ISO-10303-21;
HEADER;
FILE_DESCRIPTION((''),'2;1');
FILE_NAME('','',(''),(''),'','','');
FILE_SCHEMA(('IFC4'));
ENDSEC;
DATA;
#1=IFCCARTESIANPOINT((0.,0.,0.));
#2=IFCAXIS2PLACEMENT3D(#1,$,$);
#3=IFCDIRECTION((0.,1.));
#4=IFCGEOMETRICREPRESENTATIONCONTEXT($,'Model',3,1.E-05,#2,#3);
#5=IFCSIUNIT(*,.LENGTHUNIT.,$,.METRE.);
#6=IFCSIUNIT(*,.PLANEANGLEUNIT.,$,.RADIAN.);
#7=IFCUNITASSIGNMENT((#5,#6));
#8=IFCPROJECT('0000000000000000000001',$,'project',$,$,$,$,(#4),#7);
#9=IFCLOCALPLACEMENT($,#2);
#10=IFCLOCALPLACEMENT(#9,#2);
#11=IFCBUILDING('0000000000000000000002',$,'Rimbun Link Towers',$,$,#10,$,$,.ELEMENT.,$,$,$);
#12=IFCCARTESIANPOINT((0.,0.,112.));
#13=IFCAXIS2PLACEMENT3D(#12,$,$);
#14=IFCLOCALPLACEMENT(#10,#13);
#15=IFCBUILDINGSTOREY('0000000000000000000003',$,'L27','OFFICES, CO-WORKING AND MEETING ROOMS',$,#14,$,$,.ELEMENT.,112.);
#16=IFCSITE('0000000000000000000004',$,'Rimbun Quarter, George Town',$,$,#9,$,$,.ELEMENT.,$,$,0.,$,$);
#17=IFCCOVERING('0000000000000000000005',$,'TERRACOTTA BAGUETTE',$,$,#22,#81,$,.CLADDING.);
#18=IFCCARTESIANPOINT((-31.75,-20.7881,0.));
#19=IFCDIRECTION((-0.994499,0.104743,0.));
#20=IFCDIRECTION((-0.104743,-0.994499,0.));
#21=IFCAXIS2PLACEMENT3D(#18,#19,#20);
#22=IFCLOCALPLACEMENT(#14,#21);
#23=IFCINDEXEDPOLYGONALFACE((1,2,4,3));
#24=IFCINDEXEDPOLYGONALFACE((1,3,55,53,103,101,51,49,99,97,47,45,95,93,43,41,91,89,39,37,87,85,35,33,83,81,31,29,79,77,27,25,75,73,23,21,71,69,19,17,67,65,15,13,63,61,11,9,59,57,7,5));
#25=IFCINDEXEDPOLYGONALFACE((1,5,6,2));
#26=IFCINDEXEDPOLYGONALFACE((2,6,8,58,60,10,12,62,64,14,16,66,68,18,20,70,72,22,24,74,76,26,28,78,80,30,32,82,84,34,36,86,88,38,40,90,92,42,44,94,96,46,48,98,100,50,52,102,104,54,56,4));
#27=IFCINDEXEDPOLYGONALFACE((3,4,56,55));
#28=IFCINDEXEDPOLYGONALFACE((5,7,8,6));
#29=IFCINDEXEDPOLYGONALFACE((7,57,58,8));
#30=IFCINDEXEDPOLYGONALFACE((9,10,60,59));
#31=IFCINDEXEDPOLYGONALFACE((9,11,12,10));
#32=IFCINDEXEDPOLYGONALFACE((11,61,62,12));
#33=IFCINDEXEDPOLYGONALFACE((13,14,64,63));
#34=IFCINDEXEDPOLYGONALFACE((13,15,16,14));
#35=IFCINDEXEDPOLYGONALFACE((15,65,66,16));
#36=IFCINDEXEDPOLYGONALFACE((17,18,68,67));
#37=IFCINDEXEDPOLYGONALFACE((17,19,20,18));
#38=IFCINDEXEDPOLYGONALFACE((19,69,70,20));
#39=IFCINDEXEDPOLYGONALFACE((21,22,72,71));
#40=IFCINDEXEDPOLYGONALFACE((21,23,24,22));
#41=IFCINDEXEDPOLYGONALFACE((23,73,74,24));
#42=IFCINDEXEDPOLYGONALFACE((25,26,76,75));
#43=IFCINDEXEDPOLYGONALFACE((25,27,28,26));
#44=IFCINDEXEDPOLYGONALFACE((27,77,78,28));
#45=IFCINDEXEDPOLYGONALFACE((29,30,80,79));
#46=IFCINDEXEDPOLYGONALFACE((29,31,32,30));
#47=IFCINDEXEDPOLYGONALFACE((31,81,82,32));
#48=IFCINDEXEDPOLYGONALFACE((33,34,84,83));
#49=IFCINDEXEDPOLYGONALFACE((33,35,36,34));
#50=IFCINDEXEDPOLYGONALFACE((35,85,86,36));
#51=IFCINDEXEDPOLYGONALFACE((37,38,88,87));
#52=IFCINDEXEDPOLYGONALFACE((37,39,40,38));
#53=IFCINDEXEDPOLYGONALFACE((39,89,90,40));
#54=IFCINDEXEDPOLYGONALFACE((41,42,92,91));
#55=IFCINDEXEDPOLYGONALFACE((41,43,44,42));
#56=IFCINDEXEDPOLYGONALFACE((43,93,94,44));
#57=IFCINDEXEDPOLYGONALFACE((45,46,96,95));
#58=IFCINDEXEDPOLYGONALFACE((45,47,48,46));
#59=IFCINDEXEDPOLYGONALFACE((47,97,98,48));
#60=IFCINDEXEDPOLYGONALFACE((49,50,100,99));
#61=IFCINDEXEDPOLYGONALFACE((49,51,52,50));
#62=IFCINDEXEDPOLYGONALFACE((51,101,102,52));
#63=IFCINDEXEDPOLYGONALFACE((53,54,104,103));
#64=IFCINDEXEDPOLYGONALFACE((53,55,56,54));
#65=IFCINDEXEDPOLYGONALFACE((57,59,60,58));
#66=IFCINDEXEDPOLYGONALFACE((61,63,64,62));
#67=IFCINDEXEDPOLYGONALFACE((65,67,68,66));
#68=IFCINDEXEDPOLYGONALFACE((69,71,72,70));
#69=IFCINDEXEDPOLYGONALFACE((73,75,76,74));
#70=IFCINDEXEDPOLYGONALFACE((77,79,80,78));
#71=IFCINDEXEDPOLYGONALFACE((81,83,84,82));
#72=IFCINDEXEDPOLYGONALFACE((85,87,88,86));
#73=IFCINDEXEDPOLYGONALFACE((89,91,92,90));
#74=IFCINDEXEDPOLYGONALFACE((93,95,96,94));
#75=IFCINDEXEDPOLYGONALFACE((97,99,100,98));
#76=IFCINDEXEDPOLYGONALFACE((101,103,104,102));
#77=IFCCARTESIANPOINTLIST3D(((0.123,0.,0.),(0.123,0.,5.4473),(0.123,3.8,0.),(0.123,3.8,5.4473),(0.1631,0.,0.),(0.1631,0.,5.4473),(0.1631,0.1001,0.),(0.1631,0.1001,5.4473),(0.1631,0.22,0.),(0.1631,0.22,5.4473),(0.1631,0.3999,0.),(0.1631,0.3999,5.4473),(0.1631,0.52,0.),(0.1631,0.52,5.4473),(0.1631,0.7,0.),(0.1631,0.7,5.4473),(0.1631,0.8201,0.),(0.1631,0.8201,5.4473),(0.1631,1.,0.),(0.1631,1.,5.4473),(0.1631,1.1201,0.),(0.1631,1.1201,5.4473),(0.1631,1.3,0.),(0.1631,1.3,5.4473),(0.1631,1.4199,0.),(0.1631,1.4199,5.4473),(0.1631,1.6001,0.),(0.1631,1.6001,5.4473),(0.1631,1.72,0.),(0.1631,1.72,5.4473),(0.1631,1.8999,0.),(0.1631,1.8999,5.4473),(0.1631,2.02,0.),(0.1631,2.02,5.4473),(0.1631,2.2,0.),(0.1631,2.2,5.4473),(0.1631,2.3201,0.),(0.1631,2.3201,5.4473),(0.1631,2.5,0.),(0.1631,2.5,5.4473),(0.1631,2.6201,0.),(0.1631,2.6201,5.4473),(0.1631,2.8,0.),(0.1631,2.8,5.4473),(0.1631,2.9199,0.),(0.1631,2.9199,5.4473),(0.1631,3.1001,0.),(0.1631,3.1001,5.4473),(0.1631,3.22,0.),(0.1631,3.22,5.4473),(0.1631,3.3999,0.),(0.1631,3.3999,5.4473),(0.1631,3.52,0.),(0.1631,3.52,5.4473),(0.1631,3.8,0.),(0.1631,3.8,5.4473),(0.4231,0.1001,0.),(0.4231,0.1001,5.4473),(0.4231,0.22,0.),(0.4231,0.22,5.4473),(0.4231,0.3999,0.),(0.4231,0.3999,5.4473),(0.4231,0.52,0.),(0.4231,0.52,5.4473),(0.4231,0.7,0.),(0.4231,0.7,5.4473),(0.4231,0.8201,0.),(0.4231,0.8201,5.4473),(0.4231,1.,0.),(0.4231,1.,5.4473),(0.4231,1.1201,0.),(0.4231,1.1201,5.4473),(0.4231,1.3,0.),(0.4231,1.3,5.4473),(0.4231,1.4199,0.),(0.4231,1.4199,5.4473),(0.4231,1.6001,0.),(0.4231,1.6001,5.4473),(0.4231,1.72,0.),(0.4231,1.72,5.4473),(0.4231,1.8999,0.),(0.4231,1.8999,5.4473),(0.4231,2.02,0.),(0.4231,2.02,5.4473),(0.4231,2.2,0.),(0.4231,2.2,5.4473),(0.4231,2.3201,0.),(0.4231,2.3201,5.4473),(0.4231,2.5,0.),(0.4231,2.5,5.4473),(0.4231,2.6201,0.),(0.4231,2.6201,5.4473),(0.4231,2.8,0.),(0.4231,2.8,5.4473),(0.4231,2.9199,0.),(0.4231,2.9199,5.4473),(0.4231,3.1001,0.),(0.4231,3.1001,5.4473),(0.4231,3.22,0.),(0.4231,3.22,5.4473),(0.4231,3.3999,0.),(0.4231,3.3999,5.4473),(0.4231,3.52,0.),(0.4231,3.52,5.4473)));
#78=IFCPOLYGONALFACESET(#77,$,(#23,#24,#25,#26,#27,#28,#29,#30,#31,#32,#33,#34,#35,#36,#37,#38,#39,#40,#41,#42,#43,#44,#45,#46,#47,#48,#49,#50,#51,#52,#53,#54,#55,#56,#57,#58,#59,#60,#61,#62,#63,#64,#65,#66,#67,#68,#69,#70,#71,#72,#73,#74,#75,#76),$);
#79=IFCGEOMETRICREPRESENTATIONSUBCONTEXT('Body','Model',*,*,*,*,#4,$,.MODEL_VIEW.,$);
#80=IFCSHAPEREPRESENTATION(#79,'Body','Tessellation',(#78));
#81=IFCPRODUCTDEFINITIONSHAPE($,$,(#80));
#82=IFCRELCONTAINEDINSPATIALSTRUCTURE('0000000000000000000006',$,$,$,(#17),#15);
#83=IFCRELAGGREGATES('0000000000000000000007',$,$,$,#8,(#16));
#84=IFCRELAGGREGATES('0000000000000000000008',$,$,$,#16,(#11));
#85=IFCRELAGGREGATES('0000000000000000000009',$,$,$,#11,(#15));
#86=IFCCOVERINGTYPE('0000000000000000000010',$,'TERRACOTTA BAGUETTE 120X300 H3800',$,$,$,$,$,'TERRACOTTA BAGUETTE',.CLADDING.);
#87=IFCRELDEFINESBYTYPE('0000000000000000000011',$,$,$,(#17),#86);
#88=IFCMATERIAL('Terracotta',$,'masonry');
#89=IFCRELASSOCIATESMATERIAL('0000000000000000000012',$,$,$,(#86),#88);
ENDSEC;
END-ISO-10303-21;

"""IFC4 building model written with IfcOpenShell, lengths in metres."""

from ifc_helpers import new_model, si_unit, direction, frame, origin, place, context, subcontext, project, spatial, polyline, outline, extrude, material, material_profile, profile_set, type_object, element, save


model = new_model("IFC4")

# Units and contexts
model_context = context("Model", 3, precision=1e-05, world=origin(), true_north=direction((0.0, 1.0)))
body_context = subcontext(model_context, "Body", "Model", "MODEL_VIEW")
ifc_project = project(units=[si_unit("LENGTHUNIT", "METRE"), si_unit("PLANEANGLEUNIT", "RADIAN")], contexts=[model_context])

# Site, building, storey
site_placement = place(None, origin())
site = spatial("IfcSite", under=ifc_project, at=site_placement, Name="Rimbun Quarter, George Town", CompositionType="ELEMENT", RefElevation=0.0)
building_placement = place(site_placement, origin())
building = spatial("IfcBuilding", under=site, at=building_placement, Name="Rimbun Link Towers", CompositionType="ELEMENT")
storey_placement = place(building_placement, frame((0.0, 0.0, 112.0)))
storey = spatial("IfcBuildingStorey", under=building, at=storey_placement, Name="L27", Description="OFFICES, CO-WORKING AND MEETING ROOMS", CompositionType="ELEMENT", Elevation=112.0)

# Covering
ifc_material_1 = material(Name="Terracotta", Category="masonry")
ifc_material_profile_1 = material_profile(ifc_material_1, outline(polyline([(0.123, 0.0), (0.1631, 0.0), (0.1631, 0.1001), (0.4231, 0.1001), (0.4231, 0.22), (0.1631, 0.22), (0.1631, 0.3999), (0.4231, 0.3999), (0.4231, 0.52), (0.1631, 0.52), (0.1631, 0.7), (0.4231, 0.7), (0.4231, 0.8201), (0.1631, 0.8201), (0.1631, 1.0), (0.4231, 1.0), (0.4231, 1.1201), (0.1631, 1.1201), (0.1631, 1.3), (0.4231, 1.3), (0.4231, 1.4199), (0.1631, 1.4199), (0.1631, 1.6001), (0.4231, 1.6001), (0.4231, 1.72), (0.1631, 1.72), (0.1631, 1.8999), (0.4231, 1.8999), (0.4231, 2.02), (0.1631, 2.02), (0.1631, 2.2), (0.4231, 2.2), (0.4231, 2.3201), (0.1631, 2.3201), (0.1631, 2.5), (0.4231, 2.5), (0.4231, 2.6201), (0.1631, 2.6201), (0.1631, 2.8), (0.4231, 2.8), (0.4231, 2.9199), (0.1631, 2.9199), (0.1631, 3.1001), (0.4231, 3.1001), (0.4231, 3.22), (0.1631, 3.22), (0.1631, 3.3999), (0.4231, 3.3999), (0.4231, 3.52), (0.1631, 3.52), (0.1631, 3.8), (0.123, 3.8), (0.123, 0.0)])), Name="BAGUETTE 120X300")
ifc_profile_set_1 = profile_set([ifc_material_profile_1], Name="Terracotta")
covering_type = type_object("IfcCoveringType", Name="TERRACOTTA BAGUETTE 120X300 H3800", ElementType="TERRACOTTA BAGUETTE", PredefinedType="CLADDING", material=ifc_profile_set_1)
covering_placement = place(storey_placement, frame((-31.75, -20.7881, 0.0), z_axis=(-0.994499, 0.104743, 0.0), x_axis=(-0.104743, -0.994499, 0.0)))
element("IfcCovering", 1, at=covering_placement, inside=storey, type_object=covering_type, Name="TERRACOTTA BAGUETTE", PredefinedType="CLADDING", context=body_context, shape_type="SweptSolid", body=[
    extrude(outline(polyline([(0.123, 0.0), (0.1631, 0.0), (0.1631, 0.1001), (0.4231, 0.1001), (0.4231, 0.22), (0.1631, 0.22), (0.1631, 0.3999), (0.4231, 0.3999), (0.4231, 0.52), (0.1631, 0.52), (0.1631, 0.7), (0.4231, 0.7), (0.4231, 0.8201), (0.1631, 0.8201), (0.1631, 1.0), (0.4231, 1.0), (0.4231, 1.1201), (0.1631, 1.1201), (0.1631, 1.3), (0.4231, 1.3), (0.4231, 1.4199), (0.1631, 1.4199), (0.1631, 1.6001), (0.4231, 1.6001), (0.4231, 1.72), (0.1631, 1.72), (0.1631, 1.8999), (0.4231, 1.8999), (0.4231, 2.02), (0.1631, 2.02), (0.1631, 2.2), (0.4231, 2.2), (0.4231, 2.3201), (0.1631, 2.3201), (0.1631, 2.5), (0.4231, 2.5), (0.4231, 2.6201), (0.1631, 2.6201), (0.1631, 2.8), (0.4231, 2.8), (0.4231, 2.9199), (0.1631, 2.9199), (0.1631, 3.1001), (0.4231, 3.1001), (0.4231, 3.22), (0.1631, 3.22), (0.1631, 3.3999), (0.4231, 3.3999), (0.4231, 3.52), (0.1631, 3.52), (0.1631, 3.8), (0.123, 3.8), (0.123, 0.0)])), origin(), (0.0, 0.0, 1.0), 5.4473),
])

save(model, "model.ifc")
